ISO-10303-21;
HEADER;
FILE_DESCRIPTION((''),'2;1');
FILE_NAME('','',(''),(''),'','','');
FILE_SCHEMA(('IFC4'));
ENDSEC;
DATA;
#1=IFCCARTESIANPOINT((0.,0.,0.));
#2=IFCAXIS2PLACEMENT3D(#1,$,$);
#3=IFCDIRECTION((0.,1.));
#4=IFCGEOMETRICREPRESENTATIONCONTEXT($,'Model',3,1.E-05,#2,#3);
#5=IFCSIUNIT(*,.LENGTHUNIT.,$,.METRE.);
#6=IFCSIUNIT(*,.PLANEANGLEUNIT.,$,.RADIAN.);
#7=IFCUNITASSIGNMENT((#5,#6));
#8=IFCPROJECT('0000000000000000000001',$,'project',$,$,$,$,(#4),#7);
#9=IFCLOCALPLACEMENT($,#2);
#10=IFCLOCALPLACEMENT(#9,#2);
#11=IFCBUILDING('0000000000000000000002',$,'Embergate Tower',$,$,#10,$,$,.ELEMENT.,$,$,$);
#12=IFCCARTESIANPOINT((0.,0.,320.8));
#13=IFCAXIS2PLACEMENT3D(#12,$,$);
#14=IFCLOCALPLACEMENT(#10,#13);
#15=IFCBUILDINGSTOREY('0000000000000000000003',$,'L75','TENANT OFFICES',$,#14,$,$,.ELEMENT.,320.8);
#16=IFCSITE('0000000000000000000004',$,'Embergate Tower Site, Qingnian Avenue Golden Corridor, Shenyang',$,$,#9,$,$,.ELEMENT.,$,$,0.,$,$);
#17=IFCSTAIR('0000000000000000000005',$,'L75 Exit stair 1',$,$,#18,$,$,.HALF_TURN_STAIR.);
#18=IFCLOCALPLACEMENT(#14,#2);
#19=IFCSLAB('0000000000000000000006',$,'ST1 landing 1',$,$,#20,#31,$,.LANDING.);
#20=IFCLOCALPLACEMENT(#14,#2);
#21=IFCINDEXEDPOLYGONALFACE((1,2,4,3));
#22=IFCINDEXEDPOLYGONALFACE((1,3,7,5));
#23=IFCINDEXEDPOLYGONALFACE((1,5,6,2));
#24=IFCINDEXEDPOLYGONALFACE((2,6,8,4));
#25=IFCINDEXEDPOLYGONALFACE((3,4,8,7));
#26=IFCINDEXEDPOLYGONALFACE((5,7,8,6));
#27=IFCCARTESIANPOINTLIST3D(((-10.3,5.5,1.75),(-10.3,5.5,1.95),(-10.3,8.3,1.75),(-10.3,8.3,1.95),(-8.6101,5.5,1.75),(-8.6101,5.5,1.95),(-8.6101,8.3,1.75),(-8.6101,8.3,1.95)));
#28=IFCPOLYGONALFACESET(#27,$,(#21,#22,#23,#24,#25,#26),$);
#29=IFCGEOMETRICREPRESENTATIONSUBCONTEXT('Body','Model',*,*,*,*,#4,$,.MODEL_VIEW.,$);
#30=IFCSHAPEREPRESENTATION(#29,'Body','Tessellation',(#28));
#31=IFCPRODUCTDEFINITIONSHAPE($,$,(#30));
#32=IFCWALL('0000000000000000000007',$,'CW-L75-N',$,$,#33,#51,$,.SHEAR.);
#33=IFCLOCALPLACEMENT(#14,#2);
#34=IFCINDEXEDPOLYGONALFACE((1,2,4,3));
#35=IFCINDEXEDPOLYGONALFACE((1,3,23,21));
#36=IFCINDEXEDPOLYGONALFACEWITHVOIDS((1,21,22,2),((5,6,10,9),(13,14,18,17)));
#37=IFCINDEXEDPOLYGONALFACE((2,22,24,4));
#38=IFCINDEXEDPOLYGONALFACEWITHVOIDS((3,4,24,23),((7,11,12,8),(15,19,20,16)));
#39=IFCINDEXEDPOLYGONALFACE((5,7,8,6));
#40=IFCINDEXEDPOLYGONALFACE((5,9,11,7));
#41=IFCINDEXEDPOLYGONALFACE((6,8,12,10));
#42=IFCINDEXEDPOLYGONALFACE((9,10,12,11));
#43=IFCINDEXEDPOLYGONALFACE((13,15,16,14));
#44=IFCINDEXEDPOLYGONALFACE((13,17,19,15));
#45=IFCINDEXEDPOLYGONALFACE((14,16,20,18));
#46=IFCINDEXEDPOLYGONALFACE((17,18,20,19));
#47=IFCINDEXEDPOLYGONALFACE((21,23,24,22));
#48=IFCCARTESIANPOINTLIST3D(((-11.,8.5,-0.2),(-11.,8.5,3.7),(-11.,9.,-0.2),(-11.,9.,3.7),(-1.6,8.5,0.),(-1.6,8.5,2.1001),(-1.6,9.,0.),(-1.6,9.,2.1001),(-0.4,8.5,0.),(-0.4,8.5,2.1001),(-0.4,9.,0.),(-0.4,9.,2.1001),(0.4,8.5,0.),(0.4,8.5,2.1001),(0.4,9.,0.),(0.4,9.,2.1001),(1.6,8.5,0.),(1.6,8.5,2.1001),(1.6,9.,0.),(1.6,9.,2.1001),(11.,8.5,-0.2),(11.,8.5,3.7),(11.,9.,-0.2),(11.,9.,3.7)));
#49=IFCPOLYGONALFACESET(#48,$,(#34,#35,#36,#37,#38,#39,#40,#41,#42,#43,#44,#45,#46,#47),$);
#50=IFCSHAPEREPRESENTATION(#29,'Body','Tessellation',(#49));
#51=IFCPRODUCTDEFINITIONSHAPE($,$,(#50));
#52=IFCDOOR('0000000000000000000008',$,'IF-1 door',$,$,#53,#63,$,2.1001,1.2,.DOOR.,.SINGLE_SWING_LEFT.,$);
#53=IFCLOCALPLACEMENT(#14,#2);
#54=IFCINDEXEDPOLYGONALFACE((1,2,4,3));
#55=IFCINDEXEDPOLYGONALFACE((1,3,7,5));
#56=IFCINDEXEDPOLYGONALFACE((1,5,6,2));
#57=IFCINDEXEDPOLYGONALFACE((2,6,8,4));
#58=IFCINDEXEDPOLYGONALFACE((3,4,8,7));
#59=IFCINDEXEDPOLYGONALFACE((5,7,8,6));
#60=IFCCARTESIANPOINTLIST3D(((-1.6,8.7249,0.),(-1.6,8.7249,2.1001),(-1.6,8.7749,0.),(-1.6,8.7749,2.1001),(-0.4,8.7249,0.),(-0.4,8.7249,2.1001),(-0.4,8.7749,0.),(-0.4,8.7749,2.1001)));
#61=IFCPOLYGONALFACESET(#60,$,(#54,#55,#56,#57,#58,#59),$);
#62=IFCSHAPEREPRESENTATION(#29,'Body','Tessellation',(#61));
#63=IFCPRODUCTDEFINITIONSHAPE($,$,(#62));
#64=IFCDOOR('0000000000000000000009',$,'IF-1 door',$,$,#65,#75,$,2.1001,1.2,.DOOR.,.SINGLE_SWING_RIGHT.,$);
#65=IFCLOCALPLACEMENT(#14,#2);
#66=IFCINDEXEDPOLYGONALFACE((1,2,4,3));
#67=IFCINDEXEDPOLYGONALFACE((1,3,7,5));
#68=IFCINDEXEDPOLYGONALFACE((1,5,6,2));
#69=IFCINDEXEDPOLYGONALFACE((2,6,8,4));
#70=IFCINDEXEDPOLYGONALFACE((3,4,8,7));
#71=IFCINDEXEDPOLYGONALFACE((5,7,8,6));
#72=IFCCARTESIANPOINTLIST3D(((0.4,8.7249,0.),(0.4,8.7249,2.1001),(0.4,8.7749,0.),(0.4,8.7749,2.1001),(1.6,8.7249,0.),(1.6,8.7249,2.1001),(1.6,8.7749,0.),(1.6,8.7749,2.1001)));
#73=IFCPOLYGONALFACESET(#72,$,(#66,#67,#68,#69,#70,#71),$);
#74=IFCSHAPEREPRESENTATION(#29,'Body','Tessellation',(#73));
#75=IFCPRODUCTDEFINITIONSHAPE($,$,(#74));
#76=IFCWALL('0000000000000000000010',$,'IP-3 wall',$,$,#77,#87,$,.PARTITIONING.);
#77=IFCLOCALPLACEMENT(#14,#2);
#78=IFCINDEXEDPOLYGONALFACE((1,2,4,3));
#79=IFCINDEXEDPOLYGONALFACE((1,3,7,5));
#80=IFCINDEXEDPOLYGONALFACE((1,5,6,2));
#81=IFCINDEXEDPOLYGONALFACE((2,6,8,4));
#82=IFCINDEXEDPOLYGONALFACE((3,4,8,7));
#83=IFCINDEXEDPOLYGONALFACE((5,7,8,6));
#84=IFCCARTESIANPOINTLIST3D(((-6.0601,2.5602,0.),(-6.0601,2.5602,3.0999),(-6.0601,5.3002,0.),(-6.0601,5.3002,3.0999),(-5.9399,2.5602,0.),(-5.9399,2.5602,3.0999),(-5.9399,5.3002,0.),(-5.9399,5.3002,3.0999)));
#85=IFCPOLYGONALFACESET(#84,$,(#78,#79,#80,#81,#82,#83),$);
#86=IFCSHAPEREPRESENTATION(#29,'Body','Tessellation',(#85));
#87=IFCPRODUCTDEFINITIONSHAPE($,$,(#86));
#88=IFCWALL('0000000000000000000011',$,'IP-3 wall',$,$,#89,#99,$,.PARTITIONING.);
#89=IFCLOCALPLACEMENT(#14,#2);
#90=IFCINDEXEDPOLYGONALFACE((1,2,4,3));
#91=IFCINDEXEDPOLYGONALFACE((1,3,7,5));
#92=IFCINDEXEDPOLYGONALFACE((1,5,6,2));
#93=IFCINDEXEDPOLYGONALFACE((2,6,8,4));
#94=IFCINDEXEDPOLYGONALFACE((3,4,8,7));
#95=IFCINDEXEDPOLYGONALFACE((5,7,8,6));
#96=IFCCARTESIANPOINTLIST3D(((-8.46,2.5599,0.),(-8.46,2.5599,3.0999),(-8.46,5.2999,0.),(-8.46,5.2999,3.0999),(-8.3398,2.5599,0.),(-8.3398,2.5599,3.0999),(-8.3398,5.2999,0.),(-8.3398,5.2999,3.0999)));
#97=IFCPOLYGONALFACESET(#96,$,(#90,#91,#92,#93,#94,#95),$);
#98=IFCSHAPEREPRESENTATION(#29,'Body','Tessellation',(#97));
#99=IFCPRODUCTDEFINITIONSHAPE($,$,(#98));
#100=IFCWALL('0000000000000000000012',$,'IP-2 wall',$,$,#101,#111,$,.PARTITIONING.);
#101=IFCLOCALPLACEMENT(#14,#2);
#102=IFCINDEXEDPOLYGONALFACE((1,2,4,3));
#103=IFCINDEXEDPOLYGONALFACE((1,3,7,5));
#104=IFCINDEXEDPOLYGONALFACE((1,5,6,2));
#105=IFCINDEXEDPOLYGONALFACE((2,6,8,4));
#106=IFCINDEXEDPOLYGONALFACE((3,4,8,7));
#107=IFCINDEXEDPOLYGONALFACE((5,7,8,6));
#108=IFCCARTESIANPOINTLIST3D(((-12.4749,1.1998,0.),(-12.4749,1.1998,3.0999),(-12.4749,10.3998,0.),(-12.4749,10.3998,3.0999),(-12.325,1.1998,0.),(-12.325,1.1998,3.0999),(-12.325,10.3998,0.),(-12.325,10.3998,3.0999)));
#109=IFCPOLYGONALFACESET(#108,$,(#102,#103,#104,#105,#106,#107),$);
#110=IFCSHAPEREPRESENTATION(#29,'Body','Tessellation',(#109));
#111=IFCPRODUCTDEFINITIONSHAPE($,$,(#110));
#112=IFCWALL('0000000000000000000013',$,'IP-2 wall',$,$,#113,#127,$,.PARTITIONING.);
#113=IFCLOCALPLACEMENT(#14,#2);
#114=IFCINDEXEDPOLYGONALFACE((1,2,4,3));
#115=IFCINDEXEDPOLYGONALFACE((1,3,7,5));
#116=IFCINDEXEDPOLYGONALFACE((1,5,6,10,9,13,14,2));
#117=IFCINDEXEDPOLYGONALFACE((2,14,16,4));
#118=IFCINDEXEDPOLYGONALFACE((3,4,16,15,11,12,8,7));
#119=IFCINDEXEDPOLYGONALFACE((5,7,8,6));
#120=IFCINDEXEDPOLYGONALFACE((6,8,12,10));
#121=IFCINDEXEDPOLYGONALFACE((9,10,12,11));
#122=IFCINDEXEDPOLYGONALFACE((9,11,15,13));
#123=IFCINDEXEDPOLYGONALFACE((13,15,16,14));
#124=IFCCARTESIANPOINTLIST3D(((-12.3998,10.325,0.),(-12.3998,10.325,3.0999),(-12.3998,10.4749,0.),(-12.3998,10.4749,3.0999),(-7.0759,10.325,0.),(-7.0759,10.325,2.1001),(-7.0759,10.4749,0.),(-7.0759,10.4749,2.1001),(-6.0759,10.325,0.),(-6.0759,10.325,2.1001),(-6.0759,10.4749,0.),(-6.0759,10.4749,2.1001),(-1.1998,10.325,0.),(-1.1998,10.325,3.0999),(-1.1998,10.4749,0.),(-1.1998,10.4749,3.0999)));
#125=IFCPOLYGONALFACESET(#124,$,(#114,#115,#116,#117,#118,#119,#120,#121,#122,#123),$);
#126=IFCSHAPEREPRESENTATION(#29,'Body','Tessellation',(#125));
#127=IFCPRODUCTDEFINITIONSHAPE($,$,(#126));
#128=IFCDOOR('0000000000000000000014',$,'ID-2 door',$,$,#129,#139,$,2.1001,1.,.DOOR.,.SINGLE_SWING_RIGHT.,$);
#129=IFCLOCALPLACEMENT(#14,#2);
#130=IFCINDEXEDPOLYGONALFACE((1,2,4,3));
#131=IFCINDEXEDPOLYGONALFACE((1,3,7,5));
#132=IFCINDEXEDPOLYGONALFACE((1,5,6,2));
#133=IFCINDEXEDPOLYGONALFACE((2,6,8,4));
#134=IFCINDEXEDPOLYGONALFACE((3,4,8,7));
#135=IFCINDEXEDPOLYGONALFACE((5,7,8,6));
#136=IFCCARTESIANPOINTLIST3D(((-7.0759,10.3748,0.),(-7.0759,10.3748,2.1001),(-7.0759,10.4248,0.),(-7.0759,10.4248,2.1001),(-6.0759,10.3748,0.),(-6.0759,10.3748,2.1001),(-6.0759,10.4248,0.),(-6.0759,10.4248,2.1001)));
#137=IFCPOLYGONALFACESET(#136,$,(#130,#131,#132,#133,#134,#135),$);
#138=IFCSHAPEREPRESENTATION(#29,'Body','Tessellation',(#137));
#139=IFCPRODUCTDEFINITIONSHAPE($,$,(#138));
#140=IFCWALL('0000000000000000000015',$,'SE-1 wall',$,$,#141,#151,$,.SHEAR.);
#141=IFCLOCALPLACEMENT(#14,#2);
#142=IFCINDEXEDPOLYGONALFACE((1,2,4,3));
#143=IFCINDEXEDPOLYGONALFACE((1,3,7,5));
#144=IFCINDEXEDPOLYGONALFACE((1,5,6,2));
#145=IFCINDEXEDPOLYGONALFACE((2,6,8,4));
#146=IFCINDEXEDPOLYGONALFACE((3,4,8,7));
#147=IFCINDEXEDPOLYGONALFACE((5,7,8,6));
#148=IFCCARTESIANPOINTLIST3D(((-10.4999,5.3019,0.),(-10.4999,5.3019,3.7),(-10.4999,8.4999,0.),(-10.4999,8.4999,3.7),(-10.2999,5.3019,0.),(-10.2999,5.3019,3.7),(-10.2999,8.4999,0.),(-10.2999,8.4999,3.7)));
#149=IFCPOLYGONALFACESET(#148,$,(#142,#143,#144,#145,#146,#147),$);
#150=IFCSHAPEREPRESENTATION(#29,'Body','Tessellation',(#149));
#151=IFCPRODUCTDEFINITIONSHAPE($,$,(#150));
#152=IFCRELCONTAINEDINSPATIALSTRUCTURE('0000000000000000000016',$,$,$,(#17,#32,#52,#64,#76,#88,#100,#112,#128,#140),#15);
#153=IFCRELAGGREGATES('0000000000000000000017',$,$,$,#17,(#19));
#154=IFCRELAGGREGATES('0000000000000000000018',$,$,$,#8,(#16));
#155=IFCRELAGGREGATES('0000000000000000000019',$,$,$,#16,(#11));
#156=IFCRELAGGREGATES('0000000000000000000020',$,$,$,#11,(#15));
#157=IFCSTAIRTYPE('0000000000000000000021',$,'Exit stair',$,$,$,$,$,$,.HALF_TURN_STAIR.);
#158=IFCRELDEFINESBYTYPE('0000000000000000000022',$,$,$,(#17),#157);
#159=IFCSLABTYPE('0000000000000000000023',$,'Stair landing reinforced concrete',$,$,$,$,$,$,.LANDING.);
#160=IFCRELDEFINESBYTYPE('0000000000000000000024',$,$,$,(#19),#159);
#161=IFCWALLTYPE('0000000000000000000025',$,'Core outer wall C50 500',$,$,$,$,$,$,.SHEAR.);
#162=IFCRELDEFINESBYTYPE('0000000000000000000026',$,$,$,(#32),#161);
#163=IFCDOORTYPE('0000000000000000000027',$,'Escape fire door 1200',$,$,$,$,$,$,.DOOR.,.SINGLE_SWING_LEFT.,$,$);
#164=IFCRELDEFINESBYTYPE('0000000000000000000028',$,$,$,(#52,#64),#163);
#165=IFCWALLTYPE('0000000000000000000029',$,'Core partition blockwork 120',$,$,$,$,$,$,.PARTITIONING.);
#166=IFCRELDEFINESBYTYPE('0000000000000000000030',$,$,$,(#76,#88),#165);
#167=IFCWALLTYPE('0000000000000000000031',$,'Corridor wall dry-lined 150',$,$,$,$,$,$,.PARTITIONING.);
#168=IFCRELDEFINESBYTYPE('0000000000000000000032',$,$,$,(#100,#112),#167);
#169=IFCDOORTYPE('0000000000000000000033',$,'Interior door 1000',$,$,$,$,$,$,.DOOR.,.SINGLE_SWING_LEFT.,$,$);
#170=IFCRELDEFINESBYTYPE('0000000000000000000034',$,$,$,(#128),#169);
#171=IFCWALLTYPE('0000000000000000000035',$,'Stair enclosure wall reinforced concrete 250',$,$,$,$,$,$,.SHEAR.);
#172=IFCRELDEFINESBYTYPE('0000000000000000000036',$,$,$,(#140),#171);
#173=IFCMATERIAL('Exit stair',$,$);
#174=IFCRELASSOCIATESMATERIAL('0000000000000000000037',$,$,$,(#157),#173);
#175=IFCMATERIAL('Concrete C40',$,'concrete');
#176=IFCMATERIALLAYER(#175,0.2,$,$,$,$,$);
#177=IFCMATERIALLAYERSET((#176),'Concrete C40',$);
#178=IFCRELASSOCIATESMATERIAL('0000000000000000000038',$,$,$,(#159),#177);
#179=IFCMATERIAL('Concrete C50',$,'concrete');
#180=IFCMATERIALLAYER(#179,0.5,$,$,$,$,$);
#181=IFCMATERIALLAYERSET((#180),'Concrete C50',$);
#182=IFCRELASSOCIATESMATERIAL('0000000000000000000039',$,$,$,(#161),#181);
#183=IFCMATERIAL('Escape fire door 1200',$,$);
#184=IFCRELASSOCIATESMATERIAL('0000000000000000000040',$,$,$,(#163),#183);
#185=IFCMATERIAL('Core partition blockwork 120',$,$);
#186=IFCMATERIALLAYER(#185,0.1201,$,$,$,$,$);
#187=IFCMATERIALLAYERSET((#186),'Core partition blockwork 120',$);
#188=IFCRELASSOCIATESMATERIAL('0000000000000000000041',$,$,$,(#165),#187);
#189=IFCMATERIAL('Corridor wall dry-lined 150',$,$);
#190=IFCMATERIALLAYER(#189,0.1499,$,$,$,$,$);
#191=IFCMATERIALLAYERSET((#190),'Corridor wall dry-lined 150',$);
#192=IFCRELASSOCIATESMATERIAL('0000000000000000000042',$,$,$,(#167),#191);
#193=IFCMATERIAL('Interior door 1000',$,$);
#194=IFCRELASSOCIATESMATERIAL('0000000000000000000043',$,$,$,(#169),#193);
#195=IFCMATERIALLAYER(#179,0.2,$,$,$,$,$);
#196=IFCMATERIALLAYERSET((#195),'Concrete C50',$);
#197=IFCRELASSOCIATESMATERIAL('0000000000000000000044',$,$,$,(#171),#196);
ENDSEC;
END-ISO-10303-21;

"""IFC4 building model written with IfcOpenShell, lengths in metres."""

from ifc_helpers import new_model, si_unit, direction, frame, frame_2d, origin, place, context, subcontext, project, spatial, polyline, rectangle, outline, extrude, source, transform, mapped, material, layer, layer_set, type_object, element, fill, aggregate, save


model = new_model("IFC4")

# Units and contexts
model_context = context("Model", 3, precision=1e-05, world=origin(), true_north=direction((0.0, 1.0)))
body_context = subcontext(model_context, "Body", "Model", "MODEL_VIEW")
ifc_project = project(units=[si_unit("LENGTHUNIT", "METRE"), si_unit("PLANEANGLEUNIT", "RADIAN")], contexts=[model_context])

# Site, building, storey
site_placement = place(None, origin())
site = spatial("IfcSite", under=ifc_project, at=site_placement, Name="Embergate Tower Site, Qingnian Avenue Golden Corridor, Shenyang", CompositionType="ELEMENT", RefElevation=0.0)
building_placement = place(site_placement, origin())
building = spatial("IfcBuilding", under=site, at=building_placement, Name="Embergate Tower", CompositionType="ELEMENT")
storey_placement = place(building_placement, frame((0.0, 0.0, 320.8)))
storey = spatial("IfcBuildingStorey", under=building, at=storey_placement, Name="L75", Description="TENANT OFFICES", CompositionType="ELEMENT", Elevation=320.8)

# Stair, slab
ifc_material_1 = material(Name="Exit stair")
stair_type = type_object("IfcStairType", Name="Exit stair", PredefinedType="HALF_TURN_STAIR", material=ifc_material_1)
stair_placement = place(storey_placement, origin())
stair = element("IfcStair", 1, at=stair_placement, inside=storey, type_object=stair_type, Name="L75 Exit stair 1", PredefinedType="HALF_TURN_STAIR")
ifc_material_2 = material(Name="Concrete C40", Category="concrete")
ifc_layer_1 = layer(ifc_material_2, 0.2)
ifc_layer_set_1 = layer_set([ifc_layer_1], Name="Concrete C40")
slab_type = type_object("IfcSlabType", Name="Stair landing reinforced concrete", PredefinedType="LANDING", material=ifc_layer_set_1)
shared_shape_1 = source(origin(), body_context, "Body", "SweptSolid", [
    extrude(outline(polyline([(0.0, 0.0), (1.6899, 0.0), (1.6899, 2.8), (0.0, 2.8), (0.0, 0.0)])), origin(), (0.0, 0.0, 1.0), 0.2),
])
slab_placement = place(storey_placement, frame((-10.3, 5.5, 1.75)))
slab = element("IfcSlab", 2, at=slab_placement, type_object=slab_type, Name="ST1 landing 1", PredefinedType="LANDING", context=body_context, shape_type="MappedRepresentation", body=[
    mapped(shared_shape_1, transform((0.0, 0.0, 0.0))),
])

# Wall, openings, doors
ifc_material_3 = material(Name="Concrete C50", Category="concrete")
ifc_layer_2 = layer(ifc_material_3, 0.5)
ifc_layer_set_2 = layer_set([ifc_layer_2], Name="Concrete C50")
wall_type_1 = type_object("IfcWallType", Name="Core outer wall C50 500", PredefinedType="SHEAR", material=ifc_layer_set_2)
shared_shape_2 = source(origin(), body_context, "Body", "SweptSolid", [
    extrude(rectangle(XDim=22.0, YDim=0.5, at=frame_2d((11.0, 0.0))), origin(), (0.0, 0.0, 1.0), 3.8999),
])
wall_1_placement = place(storey_placement, frame((-11.0, 8.75, -0.2), z_axis=(0.0, 0.0, 1.0), x_axis=(1.0, 0.0, 0.0)))
wall_1 = element("IfcWall", 3, at=wall_1_placement, inside=storey, type_object=wall_type_1, Name="CW-L75-N", PredefinedType="SHEAR", context=body_context, shape_type="MappedRepresentation", body=[
    mapped(shared_shape_2, transform((0.0, 0.0, 0.0))),
])
shared_shape_3 = source(origin(), body_context, "Body", "SweptSolid", [
    extrude(rectangle(XDim=1.2, YDim=2.1001, at=frame_2d((0.6001, 1.05))), frame((0.0, 0.26, 0.0), z_axis=(0.0, -1.0, 0.0), x_axis=(1.0, 0.0, 0.0)), (0.0, 0.0, 1.0), 0.52),
])
opening_1_placement = place(wall_1_placement, frame((9.3999, 0.0, 0.2)))
opening_1 = element("IfcOpeningElement", 4, at=opening_1_placement, cuts=wall_1, PredefinedType="OPENING", context=body_context, shape_type="MappedRepresentation", body=[
    mapped(shared_shape_3, transform((0.0, 0.0, 0.0))),
])
opening_2_placement = place(wall_1_placement, frame((11.3999, 0.0, 0.2)))
opening_2 = element("IfcOpeningElement", 5, at=opening_2_placement, cuts=wall_1, PredefinedType="OPENING", context=body_context, shape_type="MappedRepresentation", body=[
    mapped(shared_shape_3, transform((0.0, 0.0, 0.0))),
])
ifc_material_4 = material(Name="Escape fire door 1200")
door_type_1 = type_object("IfcDoorType", Name="Escape fire door 1200", OperationType="SINGLE_SWING_LEFT", PredefinedType="DOOR", material=ifc_material_4)
shared_shape_4 = source(origin(), body_context, "Body", "SweptSolid", [
    extrude(rectangle(XDim=1.2, YDim=2.1001, at=frame_2d((0.6001, 1.05))), frame((0.0, 0.0249, 0.0), z_axis=(0.0, -1.0, 0.0), x_axis=(1.0, 0.0, 0.0)), (0.0, 0.0, 1.0), 0.05),
])
door_1_placement = place(opening_1_placement, origin())
door_1 = element("IfcDoor", 6, at=door_1_placement, inside=storey, type_object=door_type_1, Name="IF-1 door", OperationType="SINGLE_SWING_LEFT", OverallHeight=2.1001, OverallWidth=1.2, PredefinedType="DOOR", context=body_context, shape_type="MappedRepresentation", body=[
    mapped(shared_shape_4, transform((0.0, 0.0, 0.0))),
])
fill(opening_1, door_1)
door_2_placement = place(opening_2_placement, origin())
door_2 = element("IfcDoor", 7, at=door_2_placement, inside=storey, type_object=door_type_1, Name="IF-1 door", OperationType="SINGLE_SWING_RIGHT", OverallHeight=2.1001, OverallWidth=1.2, PredefinedType="DOOR", context=body_context, shape_type="MappedRepresentation", body=[
    mapped(shared_shape_4, transform((0.0, 0.0, 0.0))),
])
fill(opening_2, door_2)

# Walls
ifc_material_5 = material(Name="Core partition blockwork 120")
ifc_layer_3 = layer(ifc_material_5, 0.1201)
ifc_layer_set_3 = layer_set([ifc_layer_3], Name="Core partition blockwork 120")
wall_type_2 = type_object("IfcWallType", Name="Core partition blockwork 120", PredefinedType="PARTITIONING", material=ifc_layer_set_3)
shared_shape_5 = source(origin(), body_context, "Body", "SweptSolid", [
    extrude(rectangle(XDim=2.74, YDim=0.1201, at=frame_2d((1.3701, 0.0))), origin(), (0.0, 0.0, 1.0), 3.0999),
])
for number, where, z_axis, x_axis, name in (
    (8, (-6.0, 2.5601, 0.0), (0.0, 0.0, 1.0), (0.0, 1.0, 0.0), "IP-3 wall"),
    (9, (-8.3999, 5.3, 0.0), (0.0, 0.0, 1.0), (0.0, -1.0, 0.0), "IP-3 wall"),
):
    element("IfcWall", number, at=place(storey_placement, frame(where, z_axis=z_axis, x_axis=x_axis)), inside=storey, type_object=wall_type_2, Name=name, PredefinedType="PARTITIONING", context=body_context, shape_type="MappedRepresentation", body=[
        mapped(shared_shape_5, transform((0.0, 0.0, 0.0))),
    ])
ifc_material_6 = material(Name="Corridor wall dry-lined 150")
ifc_layer_4 = layer(ifc_material_6, 0.1499)
ifc_layer_set_4 = layer_set([ifc_layer_4], Name="Corridor wall dry-lined 150")
wall_type_3 = type_object("IfcWallType", Name="Corridor wall dry-lined 150", PredefinedType="PARTITIONING", material=ifc_layer_set_4)
shared_shape_6 = source(origin(), body_context, "Body", "SweptSolid", [
    extrude(rectangle(XDim=9.2, YDim=0.1499, at=frame_2d((4.6001, 0.0))), origin(), (0.0, 0.0, 1.0), 3.0999),
])
wall_2_placement = place(storey_placement, frame((-12.3999, 10.3999, 0.0), z_axis=(0.0, 0.0, 1.0), x_axis=(0.0, -1.0, 0.0)))
element("IfcWall", 10, at=wall_2_placement, inside=storey, type_object=wall_type_3, Name="IP-2 wall", PredefinedType="PARTITIONING", context=body_context, shape_type="MappedRepresentation", body=[
    mapped(shared_shape_6, transform((0.0, 0.0, 0.0))),
])

# Wall, opening, door
shared_shape_7 = source(origin(), body_context, "Body", "SweptSolid", [
    extrude(rectangle(XDim=11.2, YDim=0.1499, at=frame_2d((5.6001, 0.0))), origin(), (0.0, 0.0, 1.0), 3.0999),
])
wall_3_placement = place(storey_placement, frame((-12.3999, 10.3999, 0.0), z_axis=(0.0, 0.0, 1.0), x_axis=(1.0, 0.0, 0.0)))
wall_3 = element("IfcWall", 11, at=wall_3_placement, inside=storey, type_object=wall_type_3, Name="IP-2 wall", PredefinedType="PARTITIONING", context=body_context, shape_type="MappedRepresentation", body=[
    mapped(shared_shape_7, transform((0.0, 0.0, 0.0))),
])
shared_shape_8 = source(origin(), body_context, "Body", "SweptSolid", [
    extrude(rectangle(XDim=1.0, YDim=2.1001, at=frame_2d((0.5, 1.05))), frame((0.0, 0.085, 0.0), z_axis=(0.0, -1.0, 0.0), x_axis=(1.0, 0.0, 0.0)), (0.0, 0.0, 1.0), 0.1699),
])
opening_3_placement = place(wall_3_placement, frame((5.324, 0.0, 0.0)))
opening_3 = element("IfcOpeningElement", 12, at=opening_3_placement, cuts=wall_3, PredefinedType="OPENING", context=body_context, shape_type="MappedRepresentation", body=[
    mapped(shared_shape_8, transform((0.0, 0.0, 0.0))),
])
ifc_material_7 = material(Name="Interior door 1000")
door_type_2 = type_object("IfcDoorType", Name="Interior door 1000", OperationType="SINGLE_SWING_LEFT", PredefinedType="DOOR", material=ifc_material_7)
shared_shape_9 = source(origin(), body_context, "Body", "SweptSolid", [
    extrude(rectangle(XDim=1.0, YDim=2.1001, at=frame_2d((0.5, 1.05))), frame((0.0, 0.0249, 0.0), z_axis=(0.0, -1.0, 0.0), x_axis=(1.0, 0.0, 0.0)), (0.0, 0.0, 1.0), 0.05),
])
door_3_placement = place(opening_3_placement, origin())
door_3 = element("IfcDoor", 13, at=door_3_placement, inside=storey, type_object=door_type_2, Name="ID-2 door", OperationType="SINGLE_SWING_RIGHT", OverallHeight=2.1001, OverallWidth=1.0, PredefinedType="DOOR", context=body_context, shape_type="MappedRepresentation", body=[
    mapped(shared_shape_9, transform((0.0, 0.0, 0.0))),
])
fill(opening_3, door_3)

# Wall
ifc_layer_5 = layer(ifc_material_3, 0.2)
ifc_layer_set_5 = layer_set([ifc_layer_5], Name="Concrete C50")
wall_type_4 = type_object("IfcWallType", Name="Stair enclosure wall reinforced concrete 250", PredefinedType="SHEAR", material=ifc_layer_set_5)
shared_shape_10 = source(origin(), body_context, "Body", "SweptSolid", [
    extrude(rectangle(XDim=3.198, YDim=0.2, at=frame_2d((1.5991, 0.0))), origin(), (0.0, 0.0, 1.0), 3.7),
])
wall_4_placement = place(storey_placement, frame((-10.3999, 8.5, 0.0), z_axis=(0.0, 0.0, 1.0), x_axis=(0.0, -1.0, 0.0)))
element("IfcWall", 14, at=wall_4_placement, inside=storey, type_object=wall_type_4, Name="SE-1 wall", PredefinedType="SHEAR", context=body_context, shape_type="MappedRepresentation", body=[
    mapped(shared_shape_10, transform((0.0, 0.0, 0.0))),
])

aggregate(stair, [slab])

save(model, "model.ifc")
